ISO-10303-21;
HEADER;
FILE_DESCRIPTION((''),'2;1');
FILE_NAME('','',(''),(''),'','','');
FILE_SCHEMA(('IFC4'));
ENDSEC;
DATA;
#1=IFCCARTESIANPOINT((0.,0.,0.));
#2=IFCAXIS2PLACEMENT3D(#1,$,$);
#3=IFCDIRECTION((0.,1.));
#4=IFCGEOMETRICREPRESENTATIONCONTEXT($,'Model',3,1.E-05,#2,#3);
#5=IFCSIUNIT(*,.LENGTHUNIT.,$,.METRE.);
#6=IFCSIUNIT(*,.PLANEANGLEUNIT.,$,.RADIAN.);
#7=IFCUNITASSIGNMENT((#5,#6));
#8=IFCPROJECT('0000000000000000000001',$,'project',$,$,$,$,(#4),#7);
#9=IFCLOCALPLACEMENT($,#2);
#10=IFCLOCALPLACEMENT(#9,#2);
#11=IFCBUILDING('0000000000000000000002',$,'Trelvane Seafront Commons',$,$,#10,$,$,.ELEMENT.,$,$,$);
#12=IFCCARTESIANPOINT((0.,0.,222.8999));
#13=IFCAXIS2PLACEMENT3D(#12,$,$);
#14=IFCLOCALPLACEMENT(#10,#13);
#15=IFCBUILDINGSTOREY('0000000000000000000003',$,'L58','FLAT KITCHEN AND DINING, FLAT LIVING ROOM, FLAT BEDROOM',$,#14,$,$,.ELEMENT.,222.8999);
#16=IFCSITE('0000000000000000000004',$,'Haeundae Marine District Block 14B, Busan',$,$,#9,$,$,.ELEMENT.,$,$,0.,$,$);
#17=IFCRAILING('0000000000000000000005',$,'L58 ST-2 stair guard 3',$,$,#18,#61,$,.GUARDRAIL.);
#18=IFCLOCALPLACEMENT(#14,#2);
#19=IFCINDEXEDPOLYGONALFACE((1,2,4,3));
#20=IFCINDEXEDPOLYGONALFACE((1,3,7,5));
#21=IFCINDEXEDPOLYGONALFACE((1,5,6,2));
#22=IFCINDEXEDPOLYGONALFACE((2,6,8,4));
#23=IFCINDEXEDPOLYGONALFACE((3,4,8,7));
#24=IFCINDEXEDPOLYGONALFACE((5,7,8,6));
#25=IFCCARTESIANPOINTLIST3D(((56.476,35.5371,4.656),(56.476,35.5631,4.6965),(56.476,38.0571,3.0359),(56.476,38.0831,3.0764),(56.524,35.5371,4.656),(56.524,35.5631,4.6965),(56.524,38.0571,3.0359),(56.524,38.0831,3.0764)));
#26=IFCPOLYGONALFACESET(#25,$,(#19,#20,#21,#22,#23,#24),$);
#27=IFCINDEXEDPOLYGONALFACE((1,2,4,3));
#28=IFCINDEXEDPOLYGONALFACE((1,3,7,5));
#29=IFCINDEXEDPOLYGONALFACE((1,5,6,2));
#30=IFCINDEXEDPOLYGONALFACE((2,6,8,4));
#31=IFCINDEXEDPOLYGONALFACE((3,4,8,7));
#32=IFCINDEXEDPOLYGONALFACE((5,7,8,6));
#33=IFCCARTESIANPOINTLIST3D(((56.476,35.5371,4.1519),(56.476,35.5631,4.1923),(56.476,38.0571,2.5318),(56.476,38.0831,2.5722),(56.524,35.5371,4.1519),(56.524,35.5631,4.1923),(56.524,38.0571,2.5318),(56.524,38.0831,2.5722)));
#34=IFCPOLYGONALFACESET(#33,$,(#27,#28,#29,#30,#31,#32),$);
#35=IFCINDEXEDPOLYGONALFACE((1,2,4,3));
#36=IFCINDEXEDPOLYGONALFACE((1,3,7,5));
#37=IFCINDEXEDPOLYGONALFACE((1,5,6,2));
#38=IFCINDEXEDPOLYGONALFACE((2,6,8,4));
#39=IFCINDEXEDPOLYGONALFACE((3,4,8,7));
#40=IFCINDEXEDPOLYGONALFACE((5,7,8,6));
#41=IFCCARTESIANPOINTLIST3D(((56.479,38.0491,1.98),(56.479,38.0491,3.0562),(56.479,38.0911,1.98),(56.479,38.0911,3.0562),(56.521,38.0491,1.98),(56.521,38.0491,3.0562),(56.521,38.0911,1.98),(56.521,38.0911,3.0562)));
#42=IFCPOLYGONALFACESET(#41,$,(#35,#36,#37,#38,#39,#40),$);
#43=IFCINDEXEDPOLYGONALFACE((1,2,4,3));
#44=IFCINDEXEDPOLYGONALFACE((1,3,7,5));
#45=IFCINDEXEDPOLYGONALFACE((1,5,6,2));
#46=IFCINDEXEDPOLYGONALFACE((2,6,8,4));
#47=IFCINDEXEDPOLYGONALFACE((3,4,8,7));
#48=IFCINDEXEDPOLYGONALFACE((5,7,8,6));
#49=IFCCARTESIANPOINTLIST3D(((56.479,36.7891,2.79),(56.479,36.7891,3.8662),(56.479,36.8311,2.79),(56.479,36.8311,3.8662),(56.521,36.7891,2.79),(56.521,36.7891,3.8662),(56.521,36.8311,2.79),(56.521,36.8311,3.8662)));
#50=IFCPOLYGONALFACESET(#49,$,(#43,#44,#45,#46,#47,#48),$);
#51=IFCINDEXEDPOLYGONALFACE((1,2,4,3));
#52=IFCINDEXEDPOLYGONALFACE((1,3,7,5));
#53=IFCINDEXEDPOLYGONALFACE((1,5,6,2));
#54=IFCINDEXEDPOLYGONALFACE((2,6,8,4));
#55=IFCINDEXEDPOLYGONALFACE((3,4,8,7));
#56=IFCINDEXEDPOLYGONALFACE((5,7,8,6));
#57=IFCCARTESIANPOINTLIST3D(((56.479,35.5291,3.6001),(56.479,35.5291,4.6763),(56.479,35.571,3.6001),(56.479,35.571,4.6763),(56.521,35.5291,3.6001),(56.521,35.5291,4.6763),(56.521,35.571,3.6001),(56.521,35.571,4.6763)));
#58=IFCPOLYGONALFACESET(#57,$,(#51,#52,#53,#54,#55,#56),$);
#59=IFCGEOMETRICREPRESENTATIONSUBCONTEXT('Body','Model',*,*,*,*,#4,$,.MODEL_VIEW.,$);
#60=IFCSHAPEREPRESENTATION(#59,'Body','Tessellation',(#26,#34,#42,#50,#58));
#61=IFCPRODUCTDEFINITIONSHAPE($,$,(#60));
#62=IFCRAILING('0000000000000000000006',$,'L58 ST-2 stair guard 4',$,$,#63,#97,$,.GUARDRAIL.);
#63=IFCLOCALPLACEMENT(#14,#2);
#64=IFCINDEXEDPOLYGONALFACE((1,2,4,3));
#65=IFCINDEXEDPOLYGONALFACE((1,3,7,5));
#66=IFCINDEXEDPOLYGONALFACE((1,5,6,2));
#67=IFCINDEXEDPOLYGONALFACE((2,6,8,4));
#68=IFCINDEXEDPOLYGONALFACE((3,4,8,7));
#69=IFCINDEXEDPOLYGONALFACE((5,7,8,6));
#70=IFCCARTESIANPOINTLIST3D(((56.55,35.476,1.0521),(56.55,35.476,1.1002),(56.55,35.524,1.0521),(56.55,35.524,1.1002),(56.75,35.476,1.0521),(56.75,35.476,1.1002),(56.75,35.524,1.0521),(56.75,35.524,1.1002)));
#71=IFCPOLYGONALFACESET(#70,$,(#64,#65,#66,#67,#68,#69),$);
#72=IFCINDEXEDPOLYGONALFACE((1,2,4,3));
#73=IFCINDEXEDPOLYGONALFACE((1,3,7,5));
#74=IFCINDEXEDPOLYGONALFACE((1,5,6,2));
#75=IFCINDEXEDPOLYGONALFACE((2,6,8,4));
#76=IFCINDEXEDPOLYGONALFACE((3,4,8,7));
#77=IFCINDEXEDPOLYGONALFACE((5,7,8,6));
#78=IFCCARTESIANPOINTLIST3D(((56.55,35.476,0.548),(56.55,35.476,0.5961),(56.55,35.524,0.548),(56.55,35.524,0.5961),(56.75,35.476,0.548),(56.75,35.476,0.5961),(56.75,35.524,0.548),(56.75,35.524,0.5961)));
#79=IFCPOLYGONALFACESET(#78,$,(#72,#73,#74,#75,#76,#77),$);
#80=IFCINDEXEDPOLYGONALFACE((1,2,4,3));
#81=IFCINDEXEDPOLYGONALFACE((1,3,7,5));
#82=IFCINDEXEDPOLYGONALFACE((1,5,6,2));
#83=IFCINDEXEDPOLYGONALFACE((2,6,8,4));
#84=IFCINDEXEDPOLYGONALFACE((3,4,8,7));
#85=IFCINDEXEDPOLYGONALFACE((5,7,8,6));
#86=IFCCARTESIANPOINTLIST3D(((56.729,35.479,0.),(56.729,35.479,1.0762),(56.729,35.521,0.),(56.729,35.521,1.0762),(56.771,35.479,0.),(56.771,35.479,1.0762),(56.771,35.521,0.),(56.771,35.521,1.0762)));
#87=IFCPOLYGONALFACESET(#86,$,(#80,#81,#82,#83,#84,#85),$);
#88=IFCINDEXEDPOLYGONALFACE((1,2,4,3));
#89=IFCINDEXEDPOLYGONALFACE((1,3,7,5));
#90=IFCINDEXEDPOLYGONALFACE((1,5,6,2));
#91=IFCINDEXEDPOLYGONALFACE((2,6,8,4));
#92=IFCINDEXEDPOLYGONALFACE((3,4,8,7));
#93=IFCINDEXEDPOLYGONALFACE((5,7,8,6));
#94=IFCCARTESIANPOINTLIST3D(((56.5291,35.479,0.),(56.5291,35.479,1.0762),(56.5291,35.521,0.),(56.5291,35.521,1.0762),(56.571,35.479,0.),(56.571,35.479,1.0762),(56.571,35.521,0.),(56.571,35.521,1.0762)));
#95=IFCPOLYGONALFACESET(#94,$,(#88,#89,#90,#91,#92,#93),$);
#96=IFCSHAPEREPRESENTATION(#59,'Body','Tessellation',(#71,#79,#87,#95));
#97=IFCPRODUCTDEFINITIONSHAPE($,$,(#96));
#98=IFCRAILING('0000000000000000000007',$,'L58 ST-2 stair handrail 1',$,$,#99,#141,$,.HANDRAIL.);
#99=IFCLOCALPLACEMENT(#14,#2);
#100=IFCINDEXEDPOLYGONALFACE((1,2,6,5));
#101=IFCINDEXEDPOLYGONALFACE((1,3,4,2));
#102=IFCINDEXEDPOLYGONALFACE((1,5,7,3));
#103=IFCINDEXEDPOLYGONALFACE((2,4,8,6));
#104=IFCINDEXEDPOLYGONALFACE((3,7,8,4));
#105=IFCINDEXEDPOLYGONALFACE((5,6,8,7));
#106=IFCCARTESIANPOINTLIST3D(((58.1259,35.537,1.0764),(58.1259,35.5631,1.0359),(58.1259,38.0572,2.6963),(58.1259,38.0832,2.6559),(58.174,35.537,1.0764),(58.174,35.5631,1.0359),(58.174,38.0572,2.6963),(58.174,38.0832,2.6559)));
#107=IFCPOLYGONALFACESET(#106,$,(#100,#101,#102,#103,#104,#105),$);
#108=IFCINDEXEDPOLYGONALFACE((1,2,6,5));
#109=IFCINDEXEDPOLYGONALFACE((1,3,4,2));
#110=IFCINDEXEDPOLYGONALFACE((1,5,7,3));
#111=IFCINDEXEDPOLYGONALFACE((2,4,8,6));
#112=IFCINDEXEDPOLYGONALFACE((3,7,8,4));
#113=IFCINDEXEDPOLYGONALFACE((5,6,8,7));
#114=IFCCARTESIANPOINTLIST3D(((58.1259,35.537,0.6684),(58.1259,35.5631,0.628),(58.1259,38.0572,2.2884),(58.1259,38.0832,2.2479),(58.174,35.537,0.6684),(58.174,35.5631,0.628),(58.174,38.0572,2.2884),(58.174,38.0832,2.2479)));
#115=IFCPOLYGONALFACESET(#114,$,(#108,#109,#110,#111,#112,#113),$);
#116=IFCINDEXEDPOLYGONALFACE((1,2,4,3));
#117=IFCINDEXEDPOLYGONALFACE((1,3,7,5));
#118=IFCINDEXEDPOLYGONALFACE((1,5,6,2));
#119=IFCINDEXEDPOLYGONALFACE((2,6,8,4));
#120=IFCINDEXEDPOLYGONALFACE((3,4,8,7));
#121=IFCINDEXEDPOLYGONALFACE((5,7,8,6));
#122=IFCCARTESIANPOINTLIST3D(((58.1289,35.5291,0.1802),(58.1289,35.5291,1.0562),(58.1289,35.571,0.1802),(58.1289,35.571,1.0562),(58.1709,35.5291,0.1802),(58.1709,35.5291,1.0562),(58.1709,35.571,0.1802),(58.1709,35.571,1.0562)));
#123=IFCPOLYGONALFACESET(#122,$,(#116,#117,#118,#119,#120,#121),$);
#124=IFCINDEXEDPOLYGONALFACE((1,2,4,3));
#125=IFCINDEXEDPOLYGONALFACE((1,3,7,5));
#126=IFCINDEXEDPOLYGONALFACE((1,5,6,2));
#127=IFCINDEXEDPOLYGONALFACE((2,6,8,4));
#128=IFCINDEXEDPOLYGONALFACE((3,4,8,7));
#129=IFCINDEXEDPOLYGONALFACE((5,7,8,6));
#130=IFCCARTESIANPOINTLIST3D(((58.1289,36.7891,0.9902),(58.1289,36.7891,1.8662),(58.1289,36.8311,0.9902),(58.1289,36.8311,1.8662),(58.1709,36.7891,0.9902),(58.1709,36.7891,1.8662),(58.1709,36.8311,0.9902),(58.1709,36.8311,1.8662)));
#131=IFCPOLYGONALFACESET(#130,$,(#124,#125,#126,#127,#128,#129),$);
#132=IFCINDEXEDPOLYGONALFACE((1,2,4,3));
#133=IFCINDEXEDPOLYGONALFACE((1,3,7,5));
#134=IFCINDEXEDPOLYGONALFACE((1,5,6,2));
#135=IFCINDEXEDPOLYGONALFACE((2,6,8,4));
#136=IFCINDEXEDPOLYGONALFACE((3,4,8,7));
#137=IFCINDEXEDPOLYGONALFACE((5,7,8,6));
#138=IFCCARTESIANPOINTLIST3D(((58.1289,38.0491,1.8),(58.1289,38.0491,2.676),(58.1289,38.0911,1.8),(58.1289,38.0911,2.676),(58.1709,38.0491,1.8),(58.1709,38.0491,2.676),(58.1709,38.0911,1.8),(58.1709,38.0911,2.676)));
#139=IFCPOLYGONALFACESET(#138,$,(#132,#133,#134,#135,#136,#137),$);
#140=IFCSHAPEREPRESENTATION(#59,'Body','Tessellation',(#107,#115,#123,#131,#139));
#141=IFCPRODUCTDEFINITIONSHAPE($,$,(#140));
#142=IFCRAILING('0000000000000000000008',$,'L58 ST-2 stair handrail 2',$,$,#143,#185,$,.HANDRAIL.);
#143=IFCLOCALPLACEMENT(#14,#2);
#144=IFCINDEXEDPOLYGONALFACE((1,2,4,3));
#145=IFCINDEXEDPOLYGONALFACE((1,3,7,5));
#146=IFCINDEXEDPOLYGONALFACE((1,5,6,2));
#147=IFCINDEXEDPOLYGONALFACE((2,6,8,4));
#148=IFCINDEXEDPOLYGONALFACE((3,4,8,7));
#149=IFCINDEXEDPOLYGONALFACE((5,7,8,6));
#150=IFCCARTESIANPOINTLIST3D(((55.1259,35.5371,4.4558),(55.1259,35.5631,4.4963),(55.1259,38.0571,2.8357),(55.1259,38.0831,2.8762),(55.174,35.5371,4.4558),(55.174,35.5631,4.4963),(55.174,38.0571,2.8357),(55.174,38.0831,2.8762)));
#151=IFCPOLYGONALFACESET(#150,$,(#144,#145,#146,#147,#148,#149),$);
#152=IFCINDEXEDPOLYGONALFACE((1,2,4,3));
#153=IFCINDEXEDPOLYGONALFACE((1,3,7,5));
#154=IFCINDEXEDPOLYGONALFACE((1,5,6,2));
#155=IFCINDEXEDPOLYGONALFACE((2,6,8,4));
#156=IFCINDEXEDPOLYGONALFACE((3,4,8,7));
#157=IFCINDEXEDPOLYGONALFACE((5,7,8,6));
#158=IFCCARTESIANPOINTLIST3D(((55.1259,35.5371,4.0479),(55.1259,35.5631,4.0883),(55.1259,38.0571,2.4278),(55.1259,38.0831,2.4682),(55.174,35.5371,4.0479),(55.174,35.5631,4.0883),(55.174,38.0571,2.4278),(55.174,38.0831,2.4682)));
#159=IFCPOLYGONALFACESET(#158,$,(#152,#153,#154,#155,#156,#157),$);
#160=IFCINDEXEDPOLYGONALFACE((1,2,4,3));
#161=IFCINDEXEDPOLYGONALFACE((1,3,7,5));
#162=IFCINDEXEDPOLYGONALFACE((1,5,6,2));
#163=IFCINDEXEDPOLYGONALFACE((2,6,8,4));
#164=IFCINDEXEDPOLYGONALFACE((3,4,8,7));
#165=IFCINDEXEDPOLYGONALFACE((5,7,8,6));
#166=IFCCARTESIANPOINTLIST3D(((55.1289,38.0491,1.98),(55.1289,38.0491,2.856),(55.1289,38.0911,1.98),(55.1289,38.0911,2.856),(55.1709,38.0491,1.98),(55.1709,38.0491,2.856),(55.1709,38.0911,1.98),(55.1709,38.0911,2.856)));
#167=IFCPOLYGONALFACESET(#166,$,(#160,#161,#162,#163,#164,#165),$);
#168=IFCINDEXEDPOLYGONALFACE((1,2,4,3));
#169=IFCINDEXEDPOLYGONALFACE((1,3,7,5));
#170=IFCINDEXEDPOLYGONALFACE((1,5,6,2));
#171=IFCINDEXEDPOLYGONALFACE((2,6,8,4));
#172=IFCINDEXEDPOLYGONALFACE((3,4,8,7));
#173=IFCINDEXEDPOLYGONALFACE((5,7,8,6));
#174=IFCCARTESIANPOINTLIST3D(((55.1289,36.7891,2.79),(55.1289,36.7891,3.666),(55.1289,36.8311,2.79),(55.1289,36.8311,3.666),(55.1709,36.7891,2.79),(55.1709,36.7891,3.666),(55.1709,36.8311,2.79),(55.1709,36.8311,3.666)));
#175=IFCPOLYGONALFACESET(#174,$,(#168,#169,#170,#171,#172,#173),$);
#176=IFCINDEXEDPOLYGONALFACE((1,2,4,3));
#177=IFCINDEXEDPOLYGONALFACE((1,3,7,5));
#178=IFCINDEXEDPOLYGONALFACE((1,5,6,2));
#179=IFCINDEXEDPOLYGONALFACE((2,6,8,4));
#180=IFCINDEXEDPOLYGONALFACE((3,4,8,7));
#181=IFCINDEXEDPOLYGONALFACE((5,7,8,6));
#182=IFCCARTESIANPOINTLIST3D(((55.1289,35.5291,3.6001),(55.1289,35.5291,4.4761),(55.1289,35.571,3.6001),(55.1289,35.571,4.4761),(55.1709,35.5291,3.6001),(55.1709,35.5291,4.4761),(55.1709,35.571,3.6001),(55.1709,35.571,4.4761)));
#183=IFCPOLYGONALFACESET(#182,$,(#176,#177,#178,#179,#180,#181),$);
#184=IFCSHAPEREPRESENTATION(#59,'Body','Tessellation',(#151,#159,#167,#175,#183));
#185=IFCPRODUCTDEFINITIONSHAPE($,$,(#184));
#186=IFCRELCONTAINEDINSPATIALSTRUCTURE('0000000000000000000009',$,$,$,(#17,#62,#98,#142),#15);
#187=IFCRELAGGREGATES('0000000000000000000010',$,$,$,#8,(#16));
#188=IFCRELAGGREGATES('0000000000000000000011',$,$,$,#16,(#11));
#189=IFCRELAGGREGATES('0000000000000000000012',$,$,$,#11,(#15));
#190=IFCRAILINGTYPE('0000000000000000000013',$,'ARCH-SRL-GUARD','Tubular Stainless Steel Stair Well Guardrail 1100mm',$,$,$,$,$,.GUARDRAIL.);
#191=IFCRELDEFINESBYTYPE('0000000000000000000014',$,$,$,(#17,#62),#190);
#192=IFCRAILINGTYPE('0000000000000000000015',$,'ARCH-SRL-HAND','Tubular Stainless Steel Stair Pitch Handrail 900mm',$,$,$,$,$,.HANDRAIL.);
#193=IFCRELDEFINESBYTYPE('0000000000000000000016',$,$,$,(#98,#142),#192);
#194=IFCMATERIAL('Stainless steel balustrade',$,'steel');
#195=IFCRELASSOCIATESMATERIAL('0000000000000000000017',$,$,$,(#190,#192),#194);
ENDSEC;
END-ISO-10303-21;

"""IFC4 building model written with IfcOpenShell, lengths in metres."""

from ifc_helpers import new_model, si_unit, direction, frame, origin, origin_2d, place, context, subcontext, project, spatial, rectangle, extrude, material, type_object, element, save


model = new_model("IFC4")

# Units and contexts
model_context = context("Model", 3, precision=1e-05, world=origin(), true_north=direction((0.0, 1.0)))
body_context = subcontext(model_context, "Body", "Model", "MODEL_VIEW")
ifc_project = project(units=[si_unit("LENGTHUNIT", "METRE"), si_unit("PLANEANGLEUNIT", "RADIAN")], contexts=[model_context])

# Site, building, storey
site_placement = place(None, origin())
site = spatial("IfcSite", under=ifc_project, at=site_placement, Name="Haeundae Marine District Block 14B, Busan", CompositionType="ELEMENT", RefElevation=0.0)
building_placement = place(site_placement, origin())
building = spatial("IfcBuilding", under=site, at=building_placement, Name="Trelvane Seafront Commons", CompositionType="ELEMENT")
storey_placement = place(building_placement, frame((0.0, 0.0, 222.8999)))
storey = spatial("IfcBuildingStorey", under=building, at=storey_placement, Name="L58", Description="FLAT KITCHEN AND DINING, FLAT LIVING ROOM, FLAT BEDROOM", CompositionType="ELEMENT", Elevation=222.8999)

# Railings
ifc_material_1 = material(Name="Stainless steel balustrade", Category="steel")
railing_type_1 = type_object("IfcRailingType", Name="ARCH-SRL-GUARD", Description="Tubular Stainless Steel Stair Well Guardrail 1100mm", PredefinedType="GUARDRAIL", material=ifc_material_1)
railing_1_placement = place(storey_placement, frame((56.5, 38.0701, 1.98)))
element("IfcRailing", 1, at=railing_1_placement, inside=storey, type_object=railing_type_1, Name="L58 ST-2 stair guard 3", PredefinedType="GUARDRAIL", context=body_context, shape_type="SweptSolid", body=[
    extrude(rectangle(XDim=0.0481, YDim=0.0481, at=origin_2d()), frame((0.0, 0.0, 1.0762), z_axis=(0.0, -0.841163, 0.540782), x_axis=(1.0, 0.0, 0.0)), (0.0, 0.0, 1.0), 2.9958),
    extrude(rectangle(XDim=0.0481, YDim=0.0481, at=origin_2d()), frame((0.0, 0.0, 0.572), z_axis=(0.0, -0.841163, 0.540782), x_axis=(1.0, 0.0, 0.0)), (0.0, 0.0, 1.0), 2.9958),
    extrude(rectangle(XDim=0.042, YDim=0.042, at=origin_2d()), origin(), (0.0, 0.0, 1.0), 1.0762),
    extrude(rectangle(XDim=0.042, YDim=0.042, at=origin_2d()), frame((0.0, -1.26, 0.8101)), (0.0, 0.0, 1.0), 1.0762),
    extrude(rectangle(XDim=0.042, YDim=0.042, at=origin_2d()), frame((0.0, -2.52, 1.6201)), (0.0, 0.0, 1.0), 1.0762),
])
railing_2_placement = place(storey_placement, frame((56.75, 35.5, 0.0)))
element("IfcRailing", 2, at=railing_2_placement, inside=storey, type_object=railing_type_1, Name="L58 ST-2 stair guard 4", PredefinedType="GUARDRAIL", context=body_context, shape_type="SweptSolid", body=[
    extrude(rectangle(XDim=0.0481, YDim=0.0481, at=origin_2d()), frame((0.0, 0.0, 1.0762), z_axis=(-1.0, 0.0, 0.0), x_axis=(0.0, -1.0, 0.0)), (0.0, 0.0, 1.0), 0.2),
    extrude(rectangle(XDim=0.0481, YDim=0.0481, at=origin_2d()), frame((0.0, 0.0, 0.572), z_axis=(-1.0, 0.0, 0.0), x_axis=(0.0, -1.0, 0.0)), (0.0, 0.0, 1.0), 0.2),
    extrude(rectangle(XDim=0.042, YDim=0.042, at=origin_2d()), origin(), (0.0, 0.0, 1.0), 1.0762),
    extrude(rectangle(XDim=0.042, YDim=0.042, at=origin_2d()), frame((-0.2, 0.0, 0.0)), (0.0, 0.0, 1.0), 1.0762),
])
railing_type_2 = type_object("IfcRailingType", Name="ARCH-SRL-HAND", Description="Tubular Stainless Steel Stair Pitch Handrail 900mm", PredefinedType="HANDRAIL", material=ifc_material_1)
railing_3_placement = place(storey_placement, frame((58.1499, 35.55, 0.1802)))
element("IfcRailing", 3, at=railing_3_placement, inside=storey, type_object=railing_type_2, Name="L58 ST-2 stair handrail 1", PredefinedType="HANDRAIL", context=body_context, shape_type="SweptSolid", body=[
    extrude(rectangle(XDim=0.0481, YDim=0.0481, at=origin_2d()), frame((0.0, 0.0, 0.876), z_axis=(0.0, 0.8412, 0.540725), x_axis=(-1.0, 0.0, 0.0)), (0.0, 0.0, 1.0), 2.9958),
    extrude(rectangle(XDim=0.0481, YDim=0.0481, at=origin_2d()), frame((0.0, 0.0, 0.468), z_axis=(0.0, 0.8412, 0.540725), x_axis=(-1.0, 0.0, 0.0)), (0.0, 0.0, 1.0), 2.9958),
    extrude(rectangle(XDim=0.042, YDim=0.042, at=origin_2d()), origin(), (0.0, 0.0, 1.0), 0.876),
    extrude(rectangle(XDim=0.042, YDim=0.042, at=origin_2d()), frame((0.0, 1.26, 0.8101)), (0.0, 0.0, 1.0), 0.876),
    extrude(rectangle(XDim=0.042, YDim=0.042, at=origin_2d()), frame((0.0, 2.52, 1.6199)), (0.0, 0.0, 1.0), 0.876),
])
railing_4_placement = place(storey_placement, frame((55.1499, 38.0701, 1.98)))
element("IfcRailing", 4, at=railing_4_placement, inside=storey, type_object=railing_type_2, Name="L58 ST-2 stair handrail 2", PredefinedType="HANDRAIL", context=body_context, shape_type="SweptSolid", body=[
    extrude(rectangle(XDim=0.0481, YDim=0.0481, at=origin_2d()), frame((0.0, 0.0, 0.876), z_axis=(0.0, -0.841163, 0.540782), x_axis=(1.0, 0.0, 0.0)), (0.0, 0.0, 1.0), 2.9958),
    extrude(rectangle(XDim=0.0481, YDim=0.0481, at=origin_2d()), frame((0.0, 0.0, 0.468), z_axis=(0.0, -0.841163, 0.540782), x_axis=(1.0, 0.0, 0.0)), (0.0, 0.0, 1.0), 2.9958),
    extrude(rectangle(XDim=0.042, YDim=0.042, at=origin_2d()), origin(), (0.0, 0.0, 1.0), 0.876),
    extrude(rectangle(XDim=0.042, YDim=0.042, at=origin_2d()), frame((0.0, -1.26, 0.8101)), (0.0, 0.0, 1.0), 0.876),
    extrude(rectangle(XDim=0.042, YDim=0.042, at=origin_2d()), frame((0.0, -2.52, 1.6201)), (0.0, 0.0, 1.0), 0.876),
])

save(model, "model.ifc")
